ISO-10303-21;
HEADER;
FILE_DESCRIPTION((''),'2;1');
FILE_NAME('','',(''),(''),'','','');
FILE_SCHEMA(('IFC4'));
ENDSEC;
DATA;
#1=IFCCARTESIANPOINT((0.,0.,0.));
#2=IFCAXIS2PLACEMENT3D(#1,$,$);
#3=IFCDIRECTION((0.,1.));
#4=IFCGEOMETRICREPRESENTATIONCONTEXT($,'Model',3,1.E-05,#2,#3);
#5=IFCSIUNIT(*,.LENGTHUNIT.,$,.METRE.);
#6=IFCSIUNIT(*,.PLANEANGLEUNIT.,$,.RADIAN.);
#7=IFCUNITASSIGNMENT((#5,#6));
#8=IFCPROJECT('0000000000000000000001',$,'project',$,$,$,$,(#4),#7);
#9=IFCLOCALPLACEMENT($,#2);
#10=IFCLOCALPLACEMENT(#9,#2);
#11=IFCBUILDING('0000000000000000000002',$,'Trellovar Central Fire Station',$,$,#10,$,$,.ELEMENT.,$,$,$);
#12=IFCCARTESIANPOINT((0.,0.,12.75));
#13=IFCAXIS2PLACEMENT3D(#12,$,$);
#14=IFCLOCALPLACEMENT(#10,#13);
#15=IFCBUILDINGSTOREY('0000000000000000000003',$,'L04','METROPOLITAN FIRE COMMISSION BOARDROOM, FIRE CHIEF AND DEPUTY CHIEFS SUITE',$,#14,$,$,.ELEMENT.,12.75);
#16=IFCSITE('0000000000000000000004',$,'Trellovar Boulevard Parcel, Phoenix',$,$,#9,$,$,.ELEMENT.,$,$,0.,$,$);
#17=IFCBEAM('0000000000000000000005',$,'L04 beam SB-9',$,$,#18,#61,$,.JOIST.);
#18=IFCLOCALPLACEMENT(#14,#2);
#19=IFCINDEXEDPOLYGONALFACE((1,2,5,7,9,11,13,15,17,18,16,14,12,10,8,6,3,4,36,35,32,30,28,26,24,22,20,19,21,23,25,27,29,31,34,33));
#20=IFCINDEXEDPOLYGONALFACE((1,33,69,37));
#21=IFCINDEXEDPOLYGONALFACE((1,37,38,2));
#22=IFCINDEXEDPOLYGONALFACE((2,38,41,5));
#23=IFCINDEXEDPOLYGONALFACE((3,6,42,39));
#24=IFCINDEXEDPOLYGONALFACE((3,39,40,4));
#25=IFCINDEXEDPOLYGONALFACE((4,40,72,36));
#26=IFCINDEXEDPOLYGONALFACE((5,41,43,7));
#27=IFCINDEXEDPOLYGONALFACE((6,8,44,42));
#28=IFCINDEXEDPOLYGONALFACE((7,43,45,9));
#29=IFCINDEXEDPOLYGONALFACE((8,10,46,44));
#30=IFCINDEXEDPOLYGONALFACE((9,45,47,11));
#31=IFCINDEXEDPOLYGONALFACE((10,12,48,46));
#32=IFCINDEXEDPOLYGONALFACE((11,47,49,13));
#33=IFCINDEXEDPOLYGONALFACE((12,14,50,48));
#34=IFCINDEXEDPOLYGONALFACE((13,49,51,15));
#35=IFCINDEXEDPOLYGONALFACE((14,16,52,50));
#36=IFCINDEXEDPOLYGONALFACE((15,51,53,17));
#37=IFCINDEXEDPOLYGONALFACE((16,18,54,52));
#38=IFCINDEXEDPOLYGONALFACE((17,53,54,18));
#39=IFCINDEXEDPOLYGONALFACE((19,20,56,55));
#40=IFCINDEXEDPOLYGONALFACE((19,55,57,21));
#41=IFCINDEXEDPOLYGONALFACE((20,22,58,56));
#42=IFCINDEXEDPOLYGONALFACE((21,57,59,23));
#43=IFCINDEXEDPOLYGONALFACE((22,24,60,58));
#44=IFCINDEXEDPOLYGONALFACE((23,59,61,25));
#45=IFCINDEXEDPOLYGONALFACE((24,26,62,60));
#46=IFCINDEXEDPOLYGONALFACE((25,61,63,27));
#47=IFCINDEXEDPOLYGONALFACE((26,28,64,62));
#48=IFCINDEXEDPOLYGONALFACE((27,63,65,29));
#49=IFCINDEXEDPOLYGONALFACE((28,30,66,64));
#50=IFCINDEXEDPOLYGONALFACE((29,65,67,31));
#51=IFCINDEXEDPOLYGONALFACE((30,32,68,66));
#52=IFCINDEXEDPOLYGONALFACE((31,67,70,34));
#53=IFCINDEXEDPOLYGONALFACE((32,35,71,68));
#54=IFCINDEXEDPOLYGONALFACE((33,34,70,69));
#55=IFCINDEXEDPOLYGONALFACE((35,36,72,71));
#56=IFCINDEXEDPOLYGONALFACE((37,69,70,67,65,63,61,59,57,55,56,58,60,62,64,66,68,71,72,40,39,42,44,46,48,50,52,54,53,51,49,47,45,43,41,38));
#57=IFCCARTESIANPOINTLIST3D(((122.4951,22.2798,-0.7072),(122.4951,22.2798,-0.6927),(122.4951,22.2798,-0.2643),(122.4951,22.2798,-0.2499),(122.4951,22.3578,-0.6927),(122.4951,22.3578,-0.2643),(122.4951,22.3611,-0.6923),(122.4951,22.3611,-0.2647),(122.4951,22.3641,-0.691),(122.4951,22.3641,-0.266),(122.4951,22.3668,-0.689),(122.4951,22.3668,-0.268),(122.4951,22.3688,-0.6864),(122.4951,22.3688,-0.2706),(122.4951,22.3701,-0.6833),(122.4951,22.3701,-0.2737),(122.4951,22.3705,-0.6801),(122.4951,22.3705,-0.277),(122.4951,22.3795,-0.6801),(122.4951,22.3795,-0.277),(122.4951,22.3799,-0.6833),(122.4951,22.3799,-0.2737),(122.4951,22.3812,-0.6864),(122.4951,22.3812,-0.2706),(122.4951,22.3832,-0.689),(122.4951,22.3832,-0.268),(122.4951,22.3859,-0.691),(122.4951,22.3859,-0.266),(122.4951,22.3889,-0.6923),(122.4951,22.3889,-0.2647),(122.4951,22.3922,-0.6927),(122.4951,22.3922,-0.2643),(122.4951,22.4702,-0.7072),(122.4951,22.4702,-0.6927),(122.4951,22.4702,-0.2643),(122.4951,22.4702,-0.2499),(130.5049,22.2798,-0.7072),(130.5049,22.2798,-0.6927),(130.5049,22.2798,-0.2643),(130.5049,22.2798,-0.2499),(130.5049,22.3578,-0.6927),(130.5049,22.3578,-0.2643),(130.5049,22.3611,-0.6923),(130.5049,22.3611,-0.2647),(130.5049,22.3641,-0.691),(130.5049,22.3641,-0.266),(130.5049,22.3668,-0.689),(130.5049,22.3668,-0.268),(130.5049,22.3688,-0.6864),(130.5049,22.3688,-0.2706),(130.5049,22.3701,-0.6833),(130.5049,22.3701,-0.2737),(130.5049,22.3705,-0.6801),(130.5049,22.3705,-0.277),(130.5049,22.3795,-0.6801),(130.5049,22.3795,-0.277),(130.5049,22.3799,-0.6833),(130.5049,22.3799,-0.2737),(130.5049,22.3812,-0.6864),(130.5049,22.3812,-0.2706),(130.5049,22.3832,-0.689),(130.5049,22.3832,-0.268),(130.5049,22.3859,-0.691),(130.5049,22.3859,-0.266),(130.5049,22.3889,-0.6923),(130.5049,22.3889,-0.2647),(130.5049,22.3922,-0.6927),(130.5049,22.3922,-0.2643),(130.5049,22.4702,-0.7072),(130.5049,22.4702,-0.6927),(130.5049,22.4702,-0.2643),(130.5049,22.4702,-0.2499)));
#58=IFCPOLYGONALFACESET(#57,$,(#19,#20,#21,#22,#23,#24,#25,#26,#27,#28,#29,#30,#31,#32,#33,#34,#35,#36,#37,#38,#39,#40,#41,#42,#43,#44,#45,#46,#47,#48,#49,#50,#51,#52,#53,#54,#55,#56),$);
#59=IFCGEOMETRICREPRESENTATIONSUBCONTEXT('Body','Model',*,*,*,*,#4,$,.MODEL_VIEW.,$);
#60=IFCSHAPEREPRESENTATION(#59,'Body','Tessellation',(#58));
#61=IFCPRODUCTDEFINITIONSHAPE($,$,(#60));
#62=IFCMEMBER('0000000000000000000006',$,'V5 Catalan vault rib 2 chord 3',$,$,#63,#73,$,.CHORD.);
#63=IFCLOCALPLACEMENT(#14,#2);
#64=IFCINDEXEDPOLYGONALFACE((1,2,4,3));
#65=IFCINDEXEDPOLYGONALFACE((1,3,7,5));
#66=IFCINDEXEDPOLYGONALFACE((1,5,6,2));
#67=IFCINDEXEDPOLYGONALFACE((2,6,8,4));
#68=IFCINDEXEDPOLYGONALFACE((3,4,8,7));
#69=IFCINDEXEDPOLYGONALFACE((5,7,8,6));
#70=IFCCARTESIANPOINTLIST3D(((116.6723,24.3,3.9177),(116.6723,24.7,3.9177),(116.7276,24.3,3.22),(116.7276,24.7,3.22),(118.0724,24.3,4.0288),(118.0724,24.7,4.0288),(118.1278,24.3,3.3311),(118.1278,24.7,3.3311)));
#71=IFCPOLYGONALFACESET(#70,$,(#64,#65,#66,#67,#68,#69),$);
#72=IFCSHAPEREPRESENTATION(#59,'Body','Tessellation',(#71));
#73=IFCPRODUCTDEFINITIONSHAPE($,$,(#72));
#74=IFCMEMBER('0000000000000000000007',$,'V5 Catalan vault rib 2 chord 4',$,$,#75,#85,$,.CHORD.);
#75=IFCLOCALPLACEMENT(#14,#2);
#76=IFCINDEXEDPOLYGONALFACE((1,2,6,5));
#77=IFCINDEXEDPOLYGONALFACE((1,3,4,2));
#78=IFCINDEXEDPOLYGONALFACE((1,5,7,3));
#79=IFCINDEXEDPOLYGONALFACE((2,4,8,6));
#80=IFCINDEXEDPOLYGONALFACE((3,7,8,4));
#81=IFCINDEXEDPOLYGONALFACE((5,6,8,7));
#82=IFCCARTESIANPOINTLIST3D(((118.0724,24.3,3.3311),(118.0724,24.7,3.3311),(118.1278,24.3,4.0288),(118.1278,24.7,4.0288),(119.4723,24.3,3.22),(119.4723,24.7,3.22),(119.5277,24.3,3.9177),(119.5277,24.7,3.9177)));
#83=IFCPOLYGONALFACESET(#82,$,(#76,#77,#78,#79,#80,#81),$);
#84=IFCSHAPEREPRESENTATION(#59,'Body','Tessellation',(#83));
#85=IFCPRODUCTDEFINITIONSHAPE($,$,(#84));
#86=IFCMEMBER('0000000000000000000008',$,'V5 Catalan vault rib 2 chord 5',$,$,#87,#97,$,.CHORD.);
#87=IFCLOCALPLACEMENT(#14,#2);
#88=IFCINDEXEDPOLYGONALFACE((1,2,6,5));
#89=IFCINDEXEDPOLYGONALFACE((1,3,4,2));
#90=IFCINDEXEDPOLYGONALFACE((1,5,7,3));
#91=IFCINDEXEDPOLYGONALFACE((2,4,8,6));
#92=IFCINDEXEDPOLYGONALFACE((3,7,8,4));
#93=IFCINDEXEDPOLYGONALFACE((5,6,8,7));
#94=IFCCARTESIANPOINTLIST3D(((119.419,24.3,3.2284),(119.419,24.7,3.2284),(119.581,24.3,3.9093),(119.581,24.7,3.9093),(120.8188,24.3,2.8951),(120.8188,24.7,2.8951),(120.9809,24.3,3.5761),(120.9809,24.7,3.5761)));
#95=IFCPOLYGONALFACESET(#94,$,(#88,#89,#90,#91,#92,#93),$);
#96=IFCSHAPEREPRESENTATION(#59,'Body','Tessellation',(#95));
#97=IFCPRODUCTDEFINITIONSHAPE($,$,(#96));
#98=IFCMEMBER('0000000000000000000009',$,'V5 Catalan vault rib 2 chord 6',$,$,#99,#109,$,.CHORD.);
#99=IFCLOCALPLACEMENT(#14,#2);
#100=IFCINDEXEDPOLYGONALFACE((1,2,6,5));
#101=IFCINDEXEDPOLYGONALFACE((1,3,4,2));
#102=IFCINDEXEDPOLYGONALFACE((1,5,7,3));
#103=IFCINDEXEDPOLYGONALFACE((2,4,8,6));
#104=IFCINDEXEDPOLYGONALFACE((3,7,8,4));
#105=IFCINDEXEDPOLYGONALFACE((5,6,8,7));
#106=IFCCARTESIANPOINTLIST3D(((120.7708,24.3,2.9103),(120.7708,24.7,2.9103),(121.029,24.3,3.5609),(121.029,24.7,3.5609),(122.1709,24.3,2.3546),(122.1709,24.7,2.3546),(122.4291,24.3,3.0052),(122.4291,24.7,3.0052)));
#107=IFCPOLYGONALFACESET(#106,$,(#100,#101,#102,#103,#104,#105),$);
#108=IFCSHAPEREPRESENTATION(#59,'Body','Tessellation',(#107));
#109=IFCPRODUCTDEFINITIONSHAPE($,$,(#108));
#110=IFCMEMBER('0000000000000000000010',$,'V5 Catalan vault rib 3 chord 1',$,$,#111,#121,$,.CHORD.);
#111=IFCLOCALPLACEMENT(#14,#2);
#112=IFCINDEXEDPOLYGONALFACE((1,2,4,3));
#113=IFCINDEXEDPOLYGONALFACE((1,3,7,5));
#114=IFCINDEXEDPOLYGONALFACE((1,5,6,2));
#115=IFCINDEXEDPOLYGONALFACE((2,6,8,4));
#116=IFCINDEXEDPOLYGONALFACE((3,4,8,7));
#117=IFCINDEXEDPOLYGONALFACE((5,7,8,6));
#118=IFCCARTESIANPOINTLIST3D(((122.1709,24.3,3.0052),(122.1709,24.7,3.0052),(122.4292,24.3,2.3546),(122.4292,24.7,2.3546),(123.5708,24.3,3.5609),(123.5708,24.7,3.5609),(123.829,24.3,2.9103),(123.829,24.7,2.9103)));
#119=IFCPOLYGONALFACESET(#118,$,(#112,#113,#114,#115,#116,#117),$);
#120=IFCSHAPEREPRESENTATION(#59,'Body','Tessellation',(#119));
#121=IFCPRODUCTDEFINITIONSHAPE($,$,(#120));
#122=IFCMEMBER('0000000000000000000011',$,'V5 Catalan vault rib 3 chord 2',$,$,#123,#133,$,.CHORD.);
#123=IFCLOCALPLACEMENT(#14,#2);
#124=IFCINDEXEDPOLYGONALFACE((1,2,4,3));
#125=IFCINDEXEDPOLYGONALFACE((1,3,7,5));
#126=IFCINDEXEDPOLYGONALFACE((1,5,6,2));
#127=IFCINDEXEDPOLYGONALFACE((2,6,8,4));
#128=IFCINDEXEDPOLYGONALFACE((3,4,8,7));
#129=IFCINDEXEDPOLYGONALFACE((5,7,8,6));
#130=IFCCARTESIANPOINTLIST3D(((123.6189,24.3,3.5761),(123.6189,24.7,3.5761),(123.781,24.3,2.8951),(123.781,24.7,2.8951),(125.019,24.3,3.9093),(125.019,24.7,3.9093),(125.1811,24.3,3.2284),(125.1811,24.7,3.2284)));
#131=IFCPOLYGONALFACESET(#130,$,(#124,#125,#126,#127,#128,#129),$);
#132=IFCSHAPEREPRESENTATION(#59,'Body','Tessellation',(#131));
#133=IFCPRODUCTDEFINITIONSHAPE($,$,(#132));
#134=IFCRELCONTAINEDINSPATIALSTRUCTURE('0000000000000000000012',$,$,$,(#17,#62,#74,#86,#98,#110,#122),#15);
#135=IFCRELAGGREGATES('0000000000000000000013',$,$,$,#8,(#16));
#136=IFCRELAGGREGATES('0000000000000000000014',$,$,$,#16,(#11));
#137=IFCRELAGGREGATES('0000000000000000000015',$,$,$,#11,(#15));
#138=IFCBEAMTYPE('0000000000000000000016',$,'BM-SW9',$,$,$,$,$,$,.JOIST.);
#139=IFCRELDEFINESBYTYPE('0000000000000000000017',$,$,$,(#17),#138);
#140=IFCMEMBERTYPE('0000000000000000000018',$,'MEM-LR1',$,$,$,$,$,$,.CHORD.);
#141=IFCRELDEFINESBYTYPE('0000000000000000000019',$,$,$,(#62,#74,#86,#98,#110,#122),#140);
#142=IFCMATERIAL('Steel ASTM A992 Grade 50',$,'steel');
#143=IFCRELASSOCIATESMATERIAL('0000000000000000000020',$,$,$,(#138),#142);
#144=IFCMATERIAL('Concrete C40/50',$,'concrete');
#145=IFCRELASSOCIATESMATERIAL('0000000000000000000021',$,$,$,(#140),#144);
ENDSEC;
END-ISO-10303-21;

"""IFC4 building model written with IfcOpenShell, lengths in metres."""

from ifc_helpers import new_model, si_unit, direction, frame, origin, origin_2d, place, context, subcontext, project, spatial, rectangle, i_section, extrude, material, material_profile, profile_set, type_object, element, save


model = new_model("IFC4")

# Units and contexts
model_context = context("Model", 3, precision=1e-05, world=origin(), true_north=direction((0.0, 1.0)))
body_context = subcontext(model_context, "Body", "Model", "MODEL_VIEW")
ifc_project = project(units=[si_unit("LENGTHUNIT", "METRE"), si_unit("PLANEANGLEUNIT", "RADIAN")], contexts=[model_context])

# Site, building, storey
site_placement = place(None, origin())
site = spatial("IfcSite", under=ifc_project, at=site_placement, Name="Trellovar Boulevard Parcel, Phoenix", CompositionType="ELEMENT", RefElevation=0.0)
building_placement = place(site_placement, origin())
building = spatial("IfcBuilding", under=site, at=building_placement, Name="Trellovar Central Fire Station", CompositionType="ELEMENT")
storey_placement = place(building_placement, frame((0.0, 0.0, 12.75)))
storey = spatial("IfcBuildingStorey", under=building, at=storey_placement, Name="L04", Description="METROPOLITAN FIRE COMMISSION BOARDROOM, FIRE CHIEF AND DEPUTY CHIEFS SUITE", CompositionType="ELEMENT", Elevation=12.75)

# Beam
ifc_material_1 = material(Name="Steel ASTM A992 Grade 50", Category="steel")
ifc_material_profile_1 = material_profile(ifc_material_1, i_section(OverallWidth=0.1904, OverallDepth=0.4573, WebThickness=0.009, FlangeThickness=0.0144, FilletRadius=0.0127, at=origin_2d()), Name="W18X50")
ifc_profile_set_1 = profile_set([ifc_material_profile_1], Name="Steel ASTM A992 Grade 50")
beam_type_1 = type_object("IfcBeamType", Name="BM-SW9", PredefinedType="JOIST", material=ifc_profile_set_1)
for number, where, z_axis, x_axis, name in (
    (1, (122.4951, 22.375, -0.4785), (1.0, 0.0, 0.0), (0.0, 1.0, 0.0), "L04 beam SB-9"),
):
    element("IfcBeam", number, at=place(storey_placement, frame(where, z_axis=z_axis, x_axis=x_axis)), inside=storey, type_object=beam_type_1, Name=name, PredefinedType="JOIST", context=body_context, shape_type="SweptSolid", body=[
        extrude(i_section(OverallWidth=0.1904, OverallDepth=0.4573, WebThickness=0.009, FlangeThickness=0.0144, FilletRadius=0.0127, at=origin_2d()), origin(), (0.0, 0.0, 1.0), 8.0098),
    ])

# Members
ifc_material_2 = material(Name="Concrete C40/50", Category="concrete")
ifc_material_profile_2 = material_profile(ifc_material_2, rectangle(XDim=0.3999, YDim=0.7, at=origin_2d()), Name="RC400X700")
ifc_profile_set_2 = profile_set([ifc_material_profile_2], Name="Concrete C40/50")
member_type_1 = type_object("IfcMemberType", Name="MEM-LR1", PredefinedType="CHORD", material=ifc_profile_set_2)
member_1_placement = place(storey_placement, frame((116.7, 24.5, 3.5688), z_axis=(0.996868, 0.0, 0.079089), x_axis=(0.0, 1.0, 0.0)))
element("IfcMember", 2, at=member_1_placement, inside=storey, type_object=member_type_1, Name="V5 Catalan vault rib 2 chord 3", PredefinedType="CHORD", context=body_context, shape_type="SweptSolid", body=[
    extrude(rectangle(XDim=0.3999, YDim=0.7, at=origin_2d()), origin(), (0.0, 0.0, 1.0), 1.4045),
])
member_2_placement = place(storey_placement, frame((118.1001, 24.5, 3.6799), z_axis=(0.996866, 0.0, -0.079103), x_axis=(0.0, 1.0, 0.0)))
element("IfcMember", 3, at=member_2_placement, inside=storey, type_object=member_type_1, Name="V5 Catalan vault rib 2 chord 4", PredefinedType="CHORD", context=body_context, shape_type="SweptSolid", body=[
    extrude(rectangle(XDim=0.3999, YDim=0.7, at=origin_2d()), origin(), (0.0, 0.0, 1.0), 1.4043),
])
member_3_placement = place(storey_placement, frame((119.5, 24.5, 3.5688), z_axis=(0.972815, 0.0, -0.231582), x_axis=(0.0, 1.0, 0.0)))
element("IfcMember", 4, at=member_3_placement, inside=storey, type_object=member_type_1, Name="V5 Catalan vault rib 2 chord 5", PredefinedType="CHORD", context=body_context, shape_type="SweptSolid", body=[
    extrude(rectangle(XDim=0.3999, YDim=0.7, at=origin_2d()), origin(), (0.0, 0.0, 1.0), 1.439),
])
member_4_placement = place(storey_placement, frame((120.8999, 24.5, 3.2356), z_axis=(0.929479, 0.0, -0.368874), x_axis=(0.0, 1.0, 0.0)))
element("IfcMember", 5, at=member_4_placement, inside=storey, type_object=member_type_1, Name="V5 Catalan vault rib 2 chord 6", PredefinedType="CHORD", context=body_context, shape_type="SweptSolid", body=[
    extrude(rectangle(XDim=0.3999, YDim=0.7, at=origin_2d()), origin(), (0.0, 0.0, 1.0), 1.5063),
])
member_5_placement = place(storey_placement, frame((122.3, 24.5, 2.6799), z_axis=(0.929457, 0.0, 0.36893), x_axis=(0.0, 1.0, 0.0)))
element("IfcMember", 6, at=member_5_placement, inside=storey, type_object=member_type_1, Name="V5 Catalan vault rib 3 chord 1", PredefinedType="CHORD", context=body_context, shape_type="SweptSolid", body=[
    extrude(rectangle(XDim=0.3999, YDim=0.7, at=origin_2d()), origin(), (0.0, 0.0, 1.0), 1.5061),
])
member_6_placement = place(storey_placement, frame((123.7, 24.5, 3.2356), z_axis=(0.972824, 0.0, 0.231544), x_axis=(0.0, 1.0, 0.0)))
element("IfcMember", 7, at=member_6_placement, inside=storey, type_object=member_type_1, Name="V5 Catalan vault rib 3 chord 2", PredefinedType="CHORD", context=body_context, shape_type="SweptSolid", body=[
    extrude(rectangle(XDim=0.3999, YDim=0.7, at=origin_2d()), origin(), (0.0, 0.0, 1.0), 1.4392),
])

save(model, "model.ifc")
